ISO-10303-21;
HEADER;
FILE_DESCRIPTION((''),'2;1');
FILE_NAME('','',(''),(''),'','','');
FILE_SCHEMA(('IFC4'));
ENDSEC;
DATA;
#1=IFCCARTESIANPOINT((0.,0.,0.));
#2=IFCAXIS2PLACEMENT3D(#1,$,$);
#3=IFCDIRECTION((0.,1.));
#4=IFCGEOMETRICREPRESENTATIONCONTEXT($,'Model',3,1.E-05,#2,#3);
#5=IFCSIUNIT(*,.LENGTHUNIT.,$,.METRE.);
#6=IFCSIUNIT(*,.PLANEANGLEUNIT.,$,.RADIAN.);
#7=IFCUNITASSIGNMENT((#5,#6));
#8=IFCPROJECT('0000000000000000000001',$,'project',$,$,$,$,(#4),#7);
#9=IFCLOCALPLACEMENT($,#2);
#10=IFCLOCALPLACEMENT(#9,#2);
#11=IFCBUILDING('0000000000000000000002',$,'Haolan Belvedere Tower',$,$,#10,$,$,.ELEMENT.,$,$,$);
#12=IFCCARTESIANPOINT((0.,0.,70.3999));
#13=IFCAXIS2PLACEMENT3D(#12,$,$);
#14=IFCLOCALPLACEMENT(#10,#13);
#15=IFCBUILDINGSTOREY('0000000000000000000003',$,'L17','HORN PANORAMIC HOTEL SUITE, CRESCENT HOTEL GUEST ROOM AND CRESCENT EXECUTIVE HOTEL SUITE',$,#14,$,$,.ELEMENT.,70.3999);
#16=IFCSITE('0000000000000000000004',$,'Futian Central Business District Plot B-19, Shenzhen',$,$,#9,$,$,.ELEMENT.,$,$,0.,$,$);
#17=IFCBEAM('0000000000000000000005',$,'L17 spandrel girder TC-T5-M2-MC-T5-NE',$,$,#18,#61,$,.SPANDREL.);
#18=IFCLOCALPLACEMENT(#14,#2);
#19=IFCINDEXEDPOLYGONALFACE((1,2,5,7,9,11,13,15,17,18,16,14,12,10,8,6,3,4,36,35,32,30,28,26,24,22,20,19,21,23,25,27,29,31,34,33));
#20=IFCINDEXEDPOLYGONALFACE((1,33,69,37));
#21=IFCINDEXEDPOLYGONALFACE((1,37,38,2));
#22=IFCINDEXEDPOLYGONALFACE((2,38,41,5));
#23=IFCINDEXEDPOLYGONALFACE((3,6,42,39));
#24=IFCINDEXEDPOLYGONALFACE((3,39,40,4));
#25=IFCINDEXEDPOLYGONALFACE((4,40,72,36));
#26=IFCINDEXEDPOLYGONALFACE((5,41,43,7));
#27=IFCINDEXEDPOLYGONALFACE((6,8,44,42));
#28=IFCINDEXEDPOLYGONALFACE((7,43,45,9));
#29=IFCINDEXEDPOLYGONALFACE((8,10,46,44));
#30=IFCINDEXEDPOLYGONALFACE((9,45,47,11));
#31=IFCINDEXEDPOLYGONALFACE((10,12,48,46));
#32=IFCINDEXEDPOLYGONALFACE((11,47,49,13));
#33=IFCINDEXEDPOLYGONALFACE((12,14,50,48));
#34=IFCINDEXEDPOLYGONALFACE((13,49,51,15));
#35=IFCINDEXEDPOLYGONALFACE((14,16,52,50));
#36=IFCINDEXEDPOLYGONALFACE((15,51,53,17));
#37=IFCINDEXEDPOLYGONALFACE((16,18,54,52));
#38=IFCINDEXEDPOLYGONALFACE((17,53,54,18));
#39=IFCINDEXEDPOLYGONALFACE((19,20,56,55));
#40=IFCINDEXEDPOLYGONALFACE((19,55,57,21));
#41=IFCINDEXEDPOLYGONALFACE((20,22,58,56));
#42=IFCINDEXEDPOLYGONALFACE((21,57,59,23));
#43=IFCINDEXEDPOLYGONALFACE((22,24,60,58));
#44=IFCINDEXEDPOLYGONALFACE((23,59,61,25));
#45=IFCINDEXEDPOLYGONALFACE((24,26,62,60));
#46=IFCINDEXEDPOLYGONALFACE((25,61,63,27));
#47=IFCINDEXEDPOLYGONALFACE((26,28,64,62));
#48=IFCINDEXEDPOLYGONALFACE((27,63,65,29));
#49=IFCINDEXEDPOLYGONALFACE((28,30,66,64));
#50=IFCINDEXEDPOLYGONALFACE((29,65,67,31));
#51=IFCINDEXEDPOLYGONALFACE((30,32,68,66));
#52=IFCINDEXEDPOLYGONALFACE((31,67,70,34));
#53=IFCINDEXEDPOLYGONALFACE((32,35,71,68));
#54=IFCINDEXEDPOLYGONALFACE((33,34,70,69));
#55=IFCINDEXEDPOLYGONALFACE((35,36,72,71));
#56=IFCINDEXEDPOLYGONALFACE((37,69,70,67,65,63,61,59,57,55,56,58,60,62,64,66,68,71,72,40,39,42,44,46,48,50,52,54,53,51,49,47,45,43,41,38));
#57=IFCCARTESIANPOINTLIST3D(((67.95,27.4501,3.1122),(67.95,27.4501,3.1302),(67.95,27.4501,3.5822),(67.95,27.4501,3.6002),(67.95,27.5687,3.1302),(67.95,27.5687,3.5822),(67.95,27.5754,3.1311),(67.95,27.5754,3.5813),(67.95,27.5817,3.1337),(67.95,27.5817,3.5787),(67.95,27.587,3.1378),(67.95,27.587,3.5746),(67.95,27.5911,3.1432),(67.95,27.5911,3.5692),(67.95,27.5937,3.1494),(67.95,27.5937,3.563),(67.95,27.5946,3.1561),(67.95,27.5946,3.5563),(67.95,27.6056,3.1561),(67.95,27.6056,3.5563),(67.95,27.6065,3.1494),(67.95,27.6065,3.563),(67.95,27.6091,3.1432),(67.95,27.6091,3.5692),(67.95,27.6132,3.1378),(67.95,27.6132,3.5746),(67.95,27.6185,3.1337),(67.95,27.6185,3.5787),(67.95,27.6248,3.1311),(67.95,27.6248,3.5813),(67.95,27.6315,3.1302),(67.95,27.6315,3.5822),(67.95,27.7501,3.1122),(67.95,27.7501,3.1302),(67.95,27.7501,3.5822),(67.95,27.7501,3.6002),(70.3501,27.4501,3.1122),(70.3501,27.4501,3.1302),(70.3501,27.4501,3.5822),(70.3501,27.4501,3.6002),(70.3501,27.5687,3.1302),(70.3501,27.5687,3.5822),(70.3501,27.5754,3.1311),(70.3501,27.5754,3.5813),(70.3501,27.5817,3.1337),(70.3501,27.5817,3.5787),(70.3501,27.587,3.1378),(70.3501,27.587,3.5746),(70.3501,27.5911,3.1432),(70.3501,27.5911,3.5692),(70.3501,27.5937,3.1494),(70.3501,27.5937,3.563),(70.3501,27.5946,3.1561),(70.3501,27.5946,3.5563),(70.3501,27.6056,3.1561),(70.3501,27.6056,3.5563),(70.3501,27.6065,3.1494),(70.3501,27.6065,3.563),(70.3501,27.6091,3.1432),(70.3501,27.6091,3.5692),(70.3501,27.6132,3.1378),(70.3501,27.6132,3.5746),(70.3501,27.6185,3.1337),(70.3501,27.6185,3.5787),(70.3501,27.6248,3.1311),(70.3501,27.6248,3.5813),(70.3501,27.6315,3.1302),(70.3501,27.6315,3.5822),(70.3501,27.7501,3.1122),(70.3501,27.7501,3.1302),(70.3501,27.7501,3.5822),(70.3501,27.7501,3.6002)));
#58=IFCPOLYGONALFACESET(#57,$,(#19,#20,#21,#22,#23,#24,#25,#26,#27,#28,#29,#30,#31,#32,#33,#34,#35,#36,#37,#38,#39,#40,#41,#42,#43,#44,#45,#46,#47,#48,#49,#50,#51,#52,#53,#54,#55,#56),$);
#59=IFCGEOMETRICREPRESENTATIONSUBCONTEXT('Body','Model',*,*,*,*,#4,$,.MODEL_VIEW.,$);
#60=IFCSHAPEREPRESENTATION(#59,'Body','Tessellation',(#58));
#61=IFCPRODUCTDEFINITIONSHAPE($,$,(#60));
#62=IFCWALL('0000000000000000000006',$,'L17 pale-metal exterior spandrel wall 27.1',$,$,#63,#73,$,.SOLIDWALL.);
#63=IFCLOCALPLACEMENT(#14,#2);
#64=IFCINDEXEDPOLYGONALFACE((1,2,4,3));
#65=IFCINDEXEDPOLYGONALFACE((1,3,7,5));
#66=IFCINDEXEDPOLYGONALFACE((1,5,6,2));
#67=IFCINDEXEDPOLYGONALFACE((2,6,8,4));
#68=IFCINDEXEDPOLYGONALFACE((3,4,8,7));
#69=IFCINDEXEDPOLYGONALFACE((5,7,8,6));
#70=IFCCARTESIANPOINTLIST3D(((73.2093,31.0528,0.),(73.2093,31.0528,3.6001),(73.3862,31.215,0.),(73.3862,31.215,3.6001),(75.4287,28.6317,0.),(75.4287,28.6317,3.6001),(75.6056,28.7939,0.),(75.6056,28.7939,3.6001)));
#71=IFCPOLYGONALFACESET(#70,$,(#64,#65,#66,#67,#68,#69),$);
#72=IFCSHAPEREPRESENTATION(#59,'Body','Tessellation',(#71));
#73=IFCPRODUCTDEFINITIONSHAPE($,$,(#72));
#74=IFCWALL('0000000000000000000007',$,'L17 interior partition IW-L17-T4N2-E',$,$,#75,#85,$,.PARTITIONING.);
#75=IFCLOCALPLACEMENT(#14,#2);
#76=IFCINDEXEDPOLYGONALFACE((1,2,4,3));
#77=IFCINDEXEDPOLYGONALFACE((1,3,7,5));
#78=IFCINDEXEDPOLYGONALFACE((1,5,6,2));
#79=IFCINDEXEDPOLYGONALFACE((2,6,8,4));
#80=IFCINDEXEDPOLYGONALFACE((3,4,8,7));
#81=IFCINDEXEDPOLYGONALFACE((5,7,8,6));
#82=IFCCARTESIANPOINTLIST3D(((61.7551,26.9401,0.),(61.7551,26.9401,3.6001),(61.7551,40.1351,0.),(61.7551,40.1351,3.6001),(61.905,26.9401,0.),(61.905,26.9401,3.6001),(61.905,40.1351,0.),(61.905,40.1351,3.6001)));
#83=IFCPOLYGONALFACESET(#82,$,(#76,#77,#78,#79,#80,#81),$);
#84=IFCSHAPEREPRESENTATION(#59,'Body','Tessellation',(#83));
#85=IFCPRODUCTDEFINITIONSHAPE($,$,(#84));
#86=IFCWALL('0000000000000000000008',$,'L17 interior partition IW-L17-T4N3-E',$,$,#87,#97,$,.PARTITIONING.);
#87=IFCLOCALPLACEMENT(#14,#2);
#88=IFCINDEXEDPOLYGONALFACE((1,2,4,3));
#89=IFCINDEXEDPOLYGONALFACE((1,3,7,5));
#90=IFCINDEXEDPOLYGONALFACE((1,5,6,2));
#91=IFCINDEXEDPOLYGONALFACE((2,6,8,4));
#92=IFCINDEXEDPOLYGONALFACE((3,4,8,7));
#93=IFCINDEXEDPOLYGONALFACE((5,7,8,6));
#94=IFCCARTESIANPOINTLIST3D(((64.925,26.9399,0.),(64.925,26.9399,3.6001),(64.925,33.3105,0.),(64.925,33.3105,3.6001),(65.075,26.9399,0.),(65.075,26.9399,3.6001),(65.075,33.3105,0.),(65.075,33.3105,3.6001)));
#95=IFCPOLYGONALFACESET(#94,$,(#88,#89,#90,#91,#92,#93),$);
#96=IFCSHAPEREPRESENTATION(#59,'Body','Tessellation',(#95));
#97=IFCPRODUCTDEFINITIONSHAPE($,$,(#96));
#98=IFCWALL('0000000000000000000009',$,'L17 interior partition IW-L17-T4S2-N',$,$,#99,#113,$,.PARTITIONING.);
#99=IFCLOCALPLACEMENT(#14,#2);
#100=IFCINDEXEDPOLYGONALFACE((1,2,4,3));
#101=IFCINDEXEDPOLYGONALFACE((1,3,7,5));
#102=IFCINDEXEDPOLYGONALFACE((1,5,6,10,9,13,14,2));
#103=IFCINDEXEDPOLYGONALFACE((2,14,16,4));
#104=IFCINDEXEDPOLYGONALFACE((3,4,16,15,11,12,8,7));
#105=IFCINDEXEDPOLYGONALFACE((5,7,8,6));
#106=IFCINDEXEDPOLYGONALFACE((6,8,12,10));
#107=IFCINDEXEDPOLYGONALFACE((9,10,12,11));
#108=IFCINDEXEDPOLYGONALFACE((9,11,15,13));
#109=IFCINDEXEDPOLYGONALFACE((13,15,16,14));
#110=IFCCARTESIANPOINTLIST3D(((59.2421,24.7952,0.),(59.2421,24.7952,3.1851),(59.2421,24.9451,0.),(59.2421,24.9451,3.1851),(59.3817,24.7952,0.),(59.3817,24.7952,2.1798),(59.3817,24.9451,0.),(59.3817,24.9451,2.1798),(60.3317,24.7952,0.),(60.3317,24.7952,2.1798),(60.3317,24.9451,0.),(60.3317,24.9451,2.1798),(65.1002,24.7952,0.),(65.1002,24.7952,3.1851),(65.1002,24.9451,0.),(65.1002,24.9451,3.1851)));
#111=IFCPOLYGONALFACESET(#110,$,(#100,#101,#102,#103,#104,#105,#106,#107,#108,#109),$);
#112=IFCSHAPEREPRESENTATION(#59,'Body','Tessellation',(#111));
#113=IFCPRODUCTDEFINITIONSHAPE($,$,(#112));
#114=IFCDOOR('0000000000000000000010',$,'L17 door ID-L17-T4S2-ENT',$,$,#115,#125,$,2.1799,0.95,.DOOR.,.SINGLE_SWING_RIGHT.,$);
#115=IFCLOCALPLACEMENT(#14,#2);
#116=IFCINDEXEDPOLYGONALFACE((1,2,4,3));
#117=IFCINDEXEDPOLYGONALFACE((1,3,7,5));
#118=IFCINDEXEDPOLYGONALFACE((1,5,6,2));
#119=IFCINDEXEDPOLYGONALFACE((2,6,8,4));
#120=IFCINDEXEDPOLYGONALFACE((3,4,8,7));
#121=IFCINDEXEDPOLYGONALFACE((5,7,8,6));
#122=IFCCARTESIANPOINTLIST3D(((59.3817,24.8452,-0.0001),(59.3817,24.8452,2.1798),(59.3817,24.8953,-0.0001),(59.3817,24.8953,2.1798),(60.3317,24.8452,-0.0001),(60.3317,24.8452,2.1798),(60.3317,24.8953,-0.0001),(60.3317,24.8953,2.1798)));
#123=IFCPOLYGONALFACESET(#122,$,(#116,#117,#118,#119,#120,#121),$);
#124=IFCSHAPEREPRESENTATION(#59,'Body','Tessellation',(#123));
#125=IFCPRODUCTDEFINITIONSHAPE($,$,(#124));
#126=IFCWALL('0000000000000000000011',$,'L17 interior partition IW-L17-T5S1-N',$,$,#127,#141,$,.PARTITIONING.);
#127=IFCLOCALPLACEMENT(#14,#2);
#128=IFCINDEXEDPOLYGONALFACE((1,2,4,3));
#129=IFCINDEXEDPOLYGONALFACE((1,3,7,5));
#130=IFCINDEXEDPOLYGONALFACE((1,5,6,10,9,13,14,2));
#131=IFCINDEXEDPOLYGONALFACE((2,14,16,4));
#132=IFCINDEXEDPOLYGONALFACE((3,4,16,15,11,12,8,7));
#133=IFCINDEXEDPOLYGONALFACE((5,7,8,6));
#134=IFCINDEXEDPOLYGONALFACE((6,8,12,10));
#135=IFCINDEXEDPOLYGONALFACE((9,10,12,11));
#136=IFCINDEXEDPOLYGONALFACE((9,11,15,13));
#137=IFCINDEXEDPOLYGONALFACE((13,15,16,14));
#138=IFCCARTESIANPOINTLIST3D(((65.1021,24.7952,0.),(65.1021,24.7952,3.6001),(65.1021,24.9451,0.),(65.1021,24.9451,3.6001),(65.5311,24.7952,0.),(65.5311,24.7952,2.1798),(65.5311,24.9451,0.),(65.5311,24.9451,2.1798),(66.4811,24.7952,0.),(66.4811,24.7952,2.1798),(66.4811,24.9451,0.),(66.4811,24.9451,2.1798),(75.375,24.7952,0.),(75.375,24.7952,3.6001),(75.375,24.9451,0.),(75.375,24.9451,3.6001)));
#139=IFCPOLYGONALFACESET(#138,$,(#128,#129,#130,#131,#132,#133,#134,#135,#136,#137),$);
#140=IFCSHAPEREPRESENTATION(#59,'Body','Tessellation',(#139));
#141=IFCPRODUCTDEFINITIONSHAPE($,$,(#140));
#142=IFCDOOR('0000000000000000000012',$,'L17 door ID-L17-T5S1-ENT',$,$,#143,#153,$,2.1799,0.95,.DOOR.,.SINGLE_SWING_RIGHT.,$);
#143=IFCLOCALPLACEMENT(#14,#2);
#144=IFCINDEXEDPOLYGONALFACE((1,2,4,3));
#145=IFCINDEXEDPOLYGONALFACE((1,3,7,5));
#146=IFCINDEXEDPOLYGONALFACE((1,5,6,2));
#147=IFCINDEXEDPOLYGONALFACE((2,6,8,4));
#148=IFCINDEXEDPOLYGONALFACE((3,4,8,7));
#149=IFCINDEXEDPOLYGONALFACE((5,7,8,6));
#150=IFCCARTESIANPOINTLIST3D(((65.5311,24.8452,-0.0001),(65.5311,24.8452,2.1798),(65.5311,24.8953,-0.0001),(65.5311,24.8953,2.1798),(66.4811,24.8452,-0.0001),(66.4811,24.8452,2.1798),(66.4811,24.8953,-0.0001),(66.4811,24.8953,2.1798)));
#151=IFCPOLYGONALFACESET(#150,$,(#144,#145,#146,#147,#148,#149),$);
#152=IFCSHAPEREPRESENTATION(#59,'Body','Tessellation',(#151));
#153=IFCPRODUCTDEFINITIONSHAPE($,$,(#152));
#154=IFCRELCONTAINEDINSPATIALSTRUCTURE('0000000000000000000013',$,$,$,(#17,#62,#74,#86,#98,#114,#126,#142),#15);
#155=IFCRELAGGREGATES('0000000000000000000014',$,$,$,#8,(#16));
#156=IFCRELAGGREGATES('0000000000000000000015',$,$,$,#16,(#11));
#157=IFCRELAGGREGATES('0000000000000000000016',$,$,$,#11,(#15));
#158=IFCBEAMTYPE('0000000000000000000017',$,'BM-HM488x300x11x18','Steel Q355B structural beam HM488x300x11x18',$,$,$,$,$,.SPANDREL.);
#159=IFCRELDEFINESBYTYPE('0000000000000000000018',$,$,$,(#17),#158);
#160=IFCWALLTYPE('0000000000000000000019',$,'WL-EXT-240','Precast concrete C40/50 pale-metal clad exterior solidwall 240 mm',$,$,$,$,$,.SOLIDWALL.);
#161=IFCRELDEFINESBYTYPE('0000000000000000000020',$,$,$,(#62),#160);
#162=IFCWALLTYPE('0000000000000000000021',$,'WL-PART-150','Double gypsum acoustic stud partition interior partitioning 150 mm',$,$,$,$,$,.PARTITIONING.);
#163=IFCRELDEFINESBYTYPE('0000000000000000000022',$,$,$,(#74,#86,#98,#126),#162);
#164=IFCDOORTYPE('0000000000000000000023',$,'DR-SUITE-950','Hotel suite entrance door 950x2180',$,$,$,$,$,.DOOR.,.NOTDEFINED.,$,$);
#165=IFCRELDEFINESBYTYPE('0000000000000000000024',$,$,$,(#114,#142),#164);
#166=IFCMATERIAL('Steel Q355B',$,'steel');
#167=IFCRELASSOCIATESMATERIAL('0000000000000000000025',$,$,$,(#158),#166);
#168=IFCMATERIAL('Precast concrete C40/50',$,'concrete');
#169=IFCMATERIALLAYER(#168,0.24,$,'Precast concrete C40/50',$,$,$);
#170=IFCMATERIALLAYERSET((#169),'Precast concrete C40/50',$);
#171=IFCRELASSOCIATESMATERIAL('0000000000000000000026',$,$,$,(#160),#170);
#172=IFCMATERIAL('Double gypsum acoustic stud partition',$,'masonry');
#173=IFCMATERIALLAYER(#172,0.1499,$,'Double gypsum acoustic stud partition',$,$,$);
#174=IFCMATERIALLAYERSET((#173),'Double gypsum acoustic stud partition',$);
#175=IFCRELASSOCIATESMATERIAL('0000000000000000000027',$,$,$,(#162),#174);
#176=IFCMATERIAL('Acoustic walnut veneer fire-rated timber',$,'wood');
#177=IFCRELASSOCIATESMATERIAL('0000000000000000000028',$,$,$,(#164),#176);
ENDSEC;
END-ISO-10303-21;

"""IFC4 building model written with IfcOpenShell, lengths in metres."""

from ifc_helpers import new_model, si_unit, direction, frame, frame_2d, origin, origin_2d, place, context, subcontext, project, spatial, rectangle, i_section, extrude, material, layer, layer_set, material_profile, profile_set, type_object, element, fill, save


model = new_model("IFC4")

# Units and contexts
model_context = context("Model", 3, precision=1e-05, world=origin(), true_north=direction((0.0, 1.0)))
body_context = subcontext(model_context, "Body", "Model", "MODEL_VIEW")
ifc_project = project(units=[si_unit("LENGTHUNIT", "METRE"), si_unit("PLANEANGLEUNIT", "RADIAN")], contexts=[model_context])

# Site, building, storey
site_placement = place(None, origin())
site = spatial("IfcSite", under=ifc_project, at=site_placement, Name="Futian Central Business District Plot B-19, Shenzhen", CompositionType="ELEMENT", RefElevation=0.0)
building_placement = place(site_placement, origin())
building = spatial("IfcBuilding", under=site, at=building_placement, Name="Haolan Belvedere Tower", CompositionType="ELEMENT")
storey_placement = place(building_placement, frame((0.0, 0.0, 70.3999)))
storey = spatial("IfcBuildingStorey", under=building, at=storey_placement, Name="L17", Description="HORN PANORAMIC HOTEL SUITE, CRESCENT HOTEL GUEST ROOM AND CRESCENT EXECUTIVE HOTEL SUITE", CompositionType="ELEMENT", Elevation=70.3999)

# Shared definitions
ifc_material_1 = material(Name="Steel Q355B", Category="steel")

# Beam
ifc_material_profile_1 = material_profile(ifc_material_1, i_section(OverallWidth=0.3, OverallDepth=0.488, WebThickness=0.011, FlangeThickness=0.0181, FilletRadius=0.0259, at=origin_2d()), Name="Steel Q355B")
ifc_profile_set_1 = profile_set([ifc_material_profile_1], Name="Steel Q355B")
beam_type = type_object("IfcBeamType", Name="BM-HM488x300x11x18", Description="Steel Q355B structural beam HM488x300x11x18", PredefinedType="SPANDREL", material=ifc_profile_set_1)
for number, where, z_axis, x_axis, name in (
    (1, (67.95, 27.6001, 3.3562), (1.0, 0.0, 0.0), (0.0, 1.0, 0.0), "L17 spandrel girder TC-T5-M2-MC-T5-NE"),
):
    element("IfcBeam", number, at=place(storey_placement, frame(where, z_axis=z_axis, x_axis=x_axis)), inside=storey, type_object=beam_type, Name=name, PredefinedType="SPANDREL", context=body_context, shape_type="SweptSolid", body=[
        extrude(i_section(OverallWidth=0.3, OverallDepth=0.488, WebThickness=0.011, FlangeThickness=0.0181, FilletRadius=0.0259, at=origin_2d()), origin(), (0.0, 0.0, 1.0), 2.4001),
    ])

# Walls
ifc_material_2 = material(Name="Precast concrete C40/50", Category="concrete")
ifc_layer_1 = layer(ifc_material_2, 0.24, Name="Precast concrete C40/50")
ifc_layer_set_1 = layer_set([ifc_layer_1], Name="Precast concrete C40/50")
wall_type_1 = type_object("IfcWallType", Name="WL-EXT-240", Description="Precast concrete C40/50 pale-metal clad exterior solidwall 240 mm", PredefinedType="SOLIDWALL", material=ifc_layer_set_1)
wall_1_placement = place(storey_placement, frame((75.5171, 28.7129, 0.0), z_axis=(0.0, 0.0, 1.0), x_axis=(-0.675741, 0.737139, 0.0)))
element("IfcWall", 2, at=wall_1_placement, inside=storey, type_object=wall_type_1, Name="L17 pale-metal exterior spandrel wall 27.1", PredefinedType="SOLIDWALL", context=body_context, shape_type="SweptSolid", body=[
    extrude(rectangle(XDim=3.2844, YDim=0.24, at=frame_2d((1.6421, 0.0))), origin(), (0.0, 0.0, 1.0), 3.6001),
])
ifc_material_3 = material(Name="Double gypsum acoustic stud partition", Category="masonry")
ifc_layer_2 = layer(ifc_material_3, 0.1499, Name="Double gypsum acoustic stud partition")
ifc_layer_set_2 = layer_set([ifc_layer_2], Name="Double gypsum acoustic stud partition")
wall_type_2 = type_object("IfcWallType", Name="WL-PART-150", Description="Double gypsum acoustic stud partition interior partitioning 150 mm", PredefinedType="PARTITIONING", material=ifc_layer_set_2)
wall_2_placement = place(storey_placement, frame((61.8301, 26.9399, 0.0), z_axis=(0.0, 0.0, 1.0), x_axis=(0.0, 1.0, 0.0)))
element("IfcWall", 3, at=wall_2_placement, inside=storey, type_object=wall_type_2, Name="L17 interior partition IW-L17-T4N2-E", PredefinedType="PARTITIONING", context=body_context, shape_type="SweptSolid", body=[
    extrude(rectangle(XDim=13.1951, YDim=0.1499, at=frame_2d((6.5977, 0.0))), origin(), (0.0, 0.0, 1.0), 3.6001),
])

# Wall
wall_3_placement = place(storey_placement, frame((65.0, 26.9399, 0.0), z_axis=(0.0, 0.0, 1.0), x_axis=(0.0, 1.0, 0.0)))
element("IfcWall", 4, at=wall_3_placement, inside=storey, type_object=wall_type_2, Name="L17 interior partition IW-L17-T4N3-E", PredefinedType="PARTITIONING", context=body_context, shape_type="SweptSolid", body=[
    extrude(rectangle(XDim=6.3706, YDim=0.1499, at=frame_2d((3.1853, 0.0))), origin(), (0.0, 0.0, 1.0), 3.6001),
])

# Walls, openings, doors
wall_4_placement = place(storey_placement, frame((59.2419, 24.8701, 0.0), z_axis=(0.0, 0.0, 1.0), x_axis=(1.0, 0.0, 0.0)))
wall_4 = element("IfcWall", 5, at=wall_4_placement, inside=storey, type_object=wall_type_2, Name="L17 interior partition IW-L17-T4S2-N", PredefinedType="PARTITIONING", context=body_context, shape_type="SweptSolid", body=[
    extrude(rectangle(XDim=5.8582, YDim=0.1499, at=frame_2d((2.9292, 0.0))), origin(), (0.0, 0.0, 1.0), 3.1851),
])
opening_1_placement = place(wall_4_placement, frame((1.0898, 0.0, 0.0), z_axis=(0.0, 0.0, 1.0), x_axis=(-1.0, 0.0, 0.0)))
opening_1 = element("IfcOpeningElement", 6, at=opening_1_placement, cuts=wall_4, PredefinedType="OPENING", context=body_context, shape_type="SweptSolid", body=[
    extrude(rectangle(XDim=0.95, YDim=2.1799, at=frame_2d((0.4751, 1.0898))), frame((0.0, 0.085, 0.0), z_axis=(0.0, -1.0, 0.0), x_axis=(1.0, 0.0, 0.0)), (0.0, 0.0, 1.0), 0.1699),
])
ifc_material_4 = material(Name="Acoustic walnut veneer fire-rated timber", Category="wood")
door_type_1 = type_object("IfcDoorType", Name="DR-SUITE-950", Description="Hotel suite entrance door 950x2180", OperationType="NOTDEFINED", PredefinedType="DOOR", material=ifc_material_4)
door_1_placement = place(opening_1_placement, origin())
door_1 = element("IfcDoor", 7, at=door_1_placement, inside=storey, type_object=door_type_1, Name="L17 door ID-L17-T4S2-ENT", OperationType="SINGLE_SWING_RIGHT", OverallHeight=2.1799, OverallWidth=0.95, PredefinedType="DOOR", context=body_context, shape_type="SweptSolid", body=[
    extrude(rectangle(XDim=0.95, YDim=2.1799, at=frame_2d((0.4751, 1.0898))), frame((0.0, 0.0249, 0.0), z_axis=(0.0, -1.0, 0.0), x_axis=(1.0, 0.0, 0.0)), (0.0, 0.0, 1.0), 0.05),
])
fill(opening_1, door_1)
wall_5_placement = place(storey_placement, frame((65.1021, 24.8701, 0.0), z_axis=(0.0, 0.0, 1.0), x_axis=(1.0, 0.0, 0.0)))
wall_5 = element("IfcWall", 8, at=wall_5_placement, inside=storey, type_object=wall_type_2, Name="L17 interior partition IW-L17-T5S1-N", PredefinedType="PARTITIONING", context=body_context, shape_type="SweptSolid", body=[
    extrude(rectangle(XDim=10.2729, YDim=0.1499, at=frame_2d((5.1365, 0.0))), origin(), (0.0, 0.0, 1.0), 3.6001),
])
opening_2_placement = place(wall_5_placement, frame((1.3792, 0.0, 0.0), z_axis=(0.0, 0.0, 1.0), x_axis=(-1.0, 0.0, 0.0)))
opening_2 = element("IfcOpeningElement", 9, at=opening_2_placement, cuts=wall_5, PredefinedType="OPENING", context=body_context, shape_type="SweptSolid", body=[
    extrude(rectangle(XDim=0.95, YDim=2.1799, at=frame_2d((0.4751, 1.0898))), frame((0.0, 0.085, 0.0), z_axis=(0.0, -1.0, 0.0), x_axis=(1.0, 0.0, 0.0)), (0.0, 0.0, 1.0), 0.1699),
])
door_2_placement = place(opening_2_placement, origin())
door_2 = element("IfcDoor", 10, at=door_2_placement, inside=storey, type_object=door_type_1, Name="L17 door ID-L17-T5S1-ENT", OperationType="SINGLE_SWING_RIGHT", OverallHeight=2.1799, OverallWidth=0.95, PredefinedType="DOOR", context=body_context, shape_type="SweptSolid", body=[
    extrude(rectangle(XDim=0.95, YDim=2.1799, at=frame_2d((0.4751, 1.0898))), frame((0.0, 0.0249, 0.0), z_axis=(0.0, -1.0, 0.0), x_axis=(1.0, 0.0, 0.0)), (0.0, 0.0, 1.0), 0.05),
])
fill(opening_2, door_2)

save(model, "model.ifc")
